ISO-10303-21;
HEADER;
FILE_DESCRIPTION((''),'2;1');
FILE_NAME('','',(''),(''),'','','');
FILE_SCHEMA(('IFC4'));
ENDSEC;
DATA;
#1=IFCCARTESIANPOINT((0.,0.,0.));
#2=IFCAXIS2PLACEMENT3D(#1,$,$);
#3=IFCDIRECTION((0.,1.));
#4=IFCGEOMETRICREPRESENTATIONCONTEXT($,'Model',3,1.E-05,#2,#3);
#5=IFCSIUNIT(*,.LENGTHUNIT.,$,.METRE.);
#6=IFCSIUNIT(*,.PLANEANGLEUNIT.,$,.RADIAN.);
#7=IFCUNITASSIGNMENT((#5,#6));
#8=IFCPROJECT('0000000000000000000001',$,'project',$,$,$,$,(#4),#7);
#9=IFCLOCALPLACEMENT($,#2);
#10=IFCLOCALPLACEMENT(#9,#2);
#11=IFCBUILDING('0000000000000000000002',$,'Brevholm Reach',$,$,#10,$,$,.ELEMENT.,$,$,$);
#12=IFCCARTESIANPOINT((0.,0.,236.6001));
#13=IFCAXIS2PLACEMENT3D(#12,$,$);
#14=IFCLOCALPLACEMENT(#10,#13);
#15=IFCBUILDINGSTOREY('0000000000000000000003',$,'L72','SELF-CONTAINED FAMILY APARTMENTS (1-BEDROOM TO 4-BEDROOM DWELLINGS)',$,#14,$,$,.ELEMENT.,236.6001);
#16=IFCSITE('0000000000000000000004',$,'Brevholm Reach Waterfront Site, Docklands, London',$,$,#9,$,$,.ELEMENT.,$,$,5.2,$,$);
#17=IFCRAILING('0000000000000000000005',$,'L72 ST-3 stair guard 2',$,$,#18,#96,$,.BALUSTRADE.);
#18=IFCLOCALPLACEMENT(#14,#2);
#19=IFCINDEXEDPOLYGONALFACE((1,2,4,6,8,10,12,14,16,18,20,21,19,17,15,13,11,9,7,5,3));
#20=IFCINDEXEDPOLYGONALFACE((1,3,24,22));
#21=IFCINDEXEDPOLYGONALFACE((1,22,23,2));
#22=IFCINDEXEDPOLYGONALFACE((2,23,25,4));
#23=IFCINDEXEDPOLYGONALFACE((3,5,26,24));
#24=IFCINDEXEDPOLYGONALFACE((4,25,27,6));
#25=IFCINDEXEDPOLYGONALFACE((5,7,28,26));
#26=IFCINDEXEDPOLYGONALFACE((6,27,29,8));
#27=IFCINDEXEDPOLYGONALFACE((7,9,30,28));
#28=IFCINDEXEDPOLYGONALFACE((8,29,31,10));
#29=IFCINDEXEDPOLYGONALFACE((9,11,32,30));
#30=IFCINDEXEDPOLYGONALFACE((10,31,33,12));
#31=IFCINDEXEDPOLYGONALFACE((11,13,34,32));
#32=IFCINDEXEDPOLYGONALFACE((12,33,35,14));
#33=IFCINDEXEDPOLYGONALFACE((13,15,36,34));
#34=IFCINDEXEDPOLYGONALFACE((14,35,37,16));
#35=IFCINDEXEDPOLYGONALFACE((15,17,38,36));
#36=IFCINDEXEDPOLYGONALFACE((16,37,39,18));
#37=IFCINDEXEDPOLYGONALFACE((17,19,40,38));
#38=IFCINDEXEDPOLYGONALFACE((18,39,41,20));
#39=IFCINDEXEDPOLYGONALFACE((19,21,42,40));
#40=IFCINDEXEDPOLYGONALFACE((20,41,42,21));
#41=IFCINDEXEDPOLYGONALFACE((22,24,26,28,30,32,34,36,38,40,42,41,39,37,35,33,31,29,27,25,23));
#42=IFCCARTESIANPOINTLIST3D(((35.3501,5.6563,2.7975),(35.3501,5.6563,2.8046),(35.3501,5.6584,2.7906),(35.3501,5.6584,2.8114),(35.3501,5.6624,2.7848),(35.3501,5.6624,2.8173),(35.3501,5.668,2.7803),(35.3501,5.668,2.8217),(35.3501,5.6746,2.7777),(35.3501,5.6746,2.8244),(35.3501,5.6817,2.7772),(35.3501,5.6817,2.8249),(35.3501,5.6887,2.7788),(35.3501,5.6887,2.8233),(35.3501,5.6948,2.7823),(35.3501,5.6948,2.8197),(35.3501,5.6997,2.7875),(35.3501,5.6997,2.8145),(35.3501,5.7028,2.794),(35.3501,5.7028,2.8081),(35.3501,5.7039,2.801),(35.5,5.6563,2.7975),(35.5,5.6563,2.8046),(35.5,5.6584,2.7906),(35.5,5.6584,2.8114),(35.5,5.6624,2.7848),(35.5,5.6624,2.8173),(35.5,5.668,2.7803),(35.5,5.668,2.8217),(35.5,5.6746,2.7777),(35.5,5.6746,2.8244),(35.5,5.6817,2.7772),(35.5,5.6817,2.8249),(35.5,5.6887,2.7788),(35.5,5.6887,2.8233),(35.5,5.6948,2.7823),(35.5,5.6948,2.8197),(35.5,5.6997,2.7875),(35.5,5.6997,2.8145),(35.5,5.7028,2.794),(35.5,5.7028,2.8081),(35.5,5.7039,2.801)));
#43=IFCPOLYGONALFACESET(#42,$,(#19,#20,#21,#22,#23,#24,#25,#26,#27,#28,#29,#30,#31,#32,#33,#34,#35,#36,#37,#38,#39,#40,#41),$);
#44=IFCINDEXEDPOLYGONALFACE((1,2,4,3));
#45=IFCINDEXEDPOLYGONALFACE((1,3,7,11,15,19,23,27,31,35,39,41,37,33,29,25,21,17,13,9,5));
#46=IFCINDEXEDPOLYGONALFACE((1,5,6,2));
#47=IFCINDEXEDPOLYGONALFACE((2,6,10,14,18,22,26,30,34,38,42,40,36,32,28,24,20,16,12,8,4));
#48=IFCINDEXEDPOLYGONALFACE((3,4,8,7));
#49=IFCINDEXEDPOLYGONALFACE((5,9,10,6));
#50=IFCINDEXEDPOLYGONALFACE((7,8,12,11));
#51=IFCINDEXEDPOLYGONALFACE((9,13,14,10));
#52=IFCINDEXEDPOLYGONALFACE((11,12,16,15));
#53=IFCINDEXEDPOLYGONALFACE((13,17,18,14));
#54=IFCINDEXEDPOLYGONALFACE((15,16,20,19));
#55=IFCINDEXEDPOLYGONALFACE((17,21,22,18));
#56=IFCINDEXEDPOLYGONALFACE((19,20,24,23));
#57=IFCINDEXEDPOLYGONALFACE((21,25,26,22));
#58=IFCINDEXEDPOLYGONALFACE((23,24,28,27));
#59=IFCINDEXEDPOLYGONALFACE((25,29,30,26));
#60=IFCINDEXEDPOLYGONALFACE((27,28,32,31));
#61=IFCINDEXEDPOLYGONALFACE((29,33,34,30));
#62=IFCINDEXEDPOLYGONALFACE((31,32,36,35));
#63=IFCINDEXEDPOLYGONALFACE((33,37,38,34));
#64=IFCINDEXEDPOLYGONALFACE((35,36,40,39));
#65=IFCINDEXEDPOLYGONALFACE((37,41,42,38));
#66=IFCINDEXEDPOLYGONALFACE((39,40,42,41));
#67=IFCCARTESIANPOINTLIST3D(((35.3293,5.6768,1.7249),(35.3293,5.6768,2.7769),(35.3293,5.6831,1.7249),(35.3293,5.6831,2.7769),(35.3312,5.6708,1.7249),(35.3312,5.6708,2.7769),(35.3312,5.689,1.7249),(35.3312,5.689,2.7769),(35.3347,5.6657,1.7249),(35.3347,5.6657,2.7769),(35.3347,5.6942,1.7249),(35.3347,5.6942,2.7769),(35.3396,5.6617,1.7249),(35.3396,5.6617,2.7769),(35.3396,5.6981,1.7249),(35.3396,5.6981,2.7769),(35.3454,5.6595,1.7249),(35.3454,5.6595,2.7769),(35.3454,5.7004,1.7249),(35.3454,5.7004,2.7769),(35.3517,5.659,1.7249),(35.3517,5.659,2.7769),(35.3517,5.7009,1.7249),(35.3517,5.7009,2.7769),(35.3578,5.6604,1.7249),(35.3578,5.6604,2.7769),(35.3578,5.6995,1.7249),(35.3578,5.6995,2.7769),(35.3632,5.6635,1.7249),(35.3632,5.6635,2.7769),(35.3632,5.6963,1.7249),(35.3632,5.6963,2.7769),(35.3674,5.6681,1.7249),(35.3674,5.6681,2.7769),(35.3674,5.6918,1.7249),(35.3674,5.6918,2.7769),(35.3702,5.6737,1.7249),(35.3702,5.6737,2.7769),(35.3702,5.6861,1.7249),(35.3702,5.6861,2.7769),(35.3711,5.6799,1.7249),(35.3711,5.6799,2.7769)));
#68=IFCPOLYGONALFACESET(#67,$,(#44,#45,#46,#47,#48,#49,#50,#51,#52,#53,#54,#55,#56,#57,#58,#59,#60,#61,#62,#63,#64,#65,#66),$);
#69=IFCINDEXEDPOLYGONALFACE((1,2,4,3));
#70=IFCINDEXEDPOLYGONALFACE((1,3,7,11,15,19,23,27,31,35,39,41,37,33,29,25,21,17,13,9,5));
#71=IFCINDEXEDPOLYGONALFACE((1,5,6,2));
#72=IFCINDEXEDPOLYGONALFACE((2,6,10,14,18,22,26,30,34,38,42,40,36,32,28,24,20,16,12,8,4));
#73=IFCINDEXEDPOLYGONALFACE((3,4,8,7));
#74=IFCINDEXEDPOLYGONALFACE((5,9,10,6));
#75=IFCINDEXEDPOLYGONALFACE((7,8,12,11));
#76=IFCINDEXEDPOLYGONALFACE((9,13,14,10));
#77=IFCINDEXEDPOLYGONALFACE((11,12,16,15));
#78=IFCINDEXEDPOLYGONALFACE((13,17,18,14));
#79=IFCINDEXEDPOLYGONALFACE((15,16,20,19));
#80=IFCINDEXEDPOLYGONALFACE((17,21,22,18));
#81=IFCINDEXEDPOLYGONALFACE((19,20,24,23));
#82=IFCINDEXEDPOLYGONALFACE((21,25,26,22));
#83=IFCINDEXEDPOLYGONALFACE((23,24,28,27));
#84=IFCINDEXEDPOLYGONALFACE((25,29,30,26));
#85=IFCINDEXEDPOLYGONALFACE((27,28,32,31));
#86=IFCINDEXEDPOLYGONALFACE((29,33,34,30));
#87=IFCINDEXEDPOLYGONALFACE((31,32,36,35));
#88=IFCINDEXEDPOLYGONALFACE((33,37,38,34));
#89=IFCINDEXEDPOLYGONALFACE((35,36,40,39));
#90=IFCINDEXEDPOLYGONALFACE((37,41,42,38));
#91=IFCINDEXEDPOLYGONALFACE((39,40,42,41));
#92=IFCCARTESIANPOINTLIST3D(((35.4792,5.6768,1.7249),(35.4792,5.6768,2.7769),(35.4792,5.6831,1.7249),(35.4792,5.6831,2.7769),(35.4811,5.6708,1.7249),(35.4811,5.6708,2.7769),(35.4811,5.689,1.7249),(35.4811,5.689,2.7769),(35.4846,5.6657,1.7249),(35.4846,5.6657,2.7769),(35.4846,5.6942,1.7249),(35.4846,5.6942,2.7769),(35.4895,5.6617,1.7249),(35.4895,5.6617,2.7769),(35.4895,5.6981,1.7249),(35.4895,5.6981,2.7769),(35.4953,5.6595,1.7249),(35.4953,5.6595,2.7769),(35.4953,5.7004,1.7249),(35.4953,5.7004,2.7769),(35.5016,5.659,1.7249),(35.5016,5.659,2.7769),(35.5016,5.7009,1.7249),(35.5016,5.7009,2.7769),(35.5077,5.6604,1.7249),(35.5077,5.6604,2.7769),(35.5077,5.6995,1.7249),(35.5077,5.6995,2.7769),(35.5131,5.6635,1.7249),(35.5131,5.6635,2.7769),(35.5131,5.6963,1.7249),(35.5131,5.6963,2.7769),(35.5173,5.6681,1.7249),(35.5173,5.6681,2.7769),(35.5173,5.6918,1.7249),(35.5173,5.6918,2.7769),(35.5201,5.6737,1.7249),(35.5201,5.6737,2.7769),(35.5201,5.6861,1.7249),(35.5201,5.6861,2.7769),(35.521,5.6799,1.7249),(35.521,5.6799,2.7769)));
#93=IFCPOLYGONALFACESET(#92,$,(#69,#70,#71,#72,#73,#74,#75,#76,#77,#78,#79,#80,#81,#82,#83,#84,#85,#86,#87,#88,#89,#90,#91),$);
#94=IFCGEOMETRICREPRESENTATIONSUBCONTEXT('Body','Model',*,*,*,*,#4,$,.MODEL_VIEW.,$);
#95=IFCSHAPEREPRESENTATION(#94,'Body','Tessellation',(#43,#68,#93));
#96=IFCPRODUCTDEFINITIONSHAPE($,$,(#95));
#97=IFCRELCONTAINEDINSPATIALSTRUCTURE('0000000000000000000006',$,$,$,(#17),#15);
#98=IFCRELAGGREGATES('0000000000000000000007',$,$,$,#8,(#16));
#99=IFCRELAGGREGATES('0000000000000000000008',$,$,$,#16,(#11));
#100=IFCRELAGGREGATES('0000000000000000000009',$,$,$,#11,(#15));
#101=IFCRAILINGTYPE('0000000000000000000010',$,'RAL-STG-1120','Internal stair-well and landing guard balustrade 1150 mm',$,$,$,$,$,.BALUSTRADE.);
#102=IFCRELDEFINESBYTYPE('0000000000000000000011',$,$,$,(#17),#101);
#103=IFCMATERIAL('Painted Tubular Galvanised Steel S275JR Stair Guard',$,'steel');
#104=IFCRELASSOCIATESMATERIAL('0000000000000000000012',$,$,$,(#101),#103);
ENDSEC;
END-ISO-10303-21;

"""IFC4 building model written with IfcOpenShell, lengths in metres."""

from ifc_helpers import new_model, si_unit, direction, frame, origin, origin_2d, place, context, subcontext, project, spatial, circle, extrude, material, type_object, element, save


model = new_model("IFC4")

# Units and contexts
model_context = context("Model", 3, precision=1e-05, world=origin(), true_north=direction((0.0, 1.0)))
body_context = subcontext(model_context, "Body", "Model", "MODEL_VIEW")
ifc_project = project(units=[si_unit("LENGTHUNIT", "METRE"), si_unit("PLANEANGLEUNIT", "RADIAN")], contexts=[model_context])

# Site, building, storey
site_placement = place(None, origin())
site = spatial("IfcSite", under=ifc_project, at=site_placement, Name="Brevholm Reach Waterfront Site, Docklands, London", CompositionType="ELEMENT", RefElevation=5.2)
building_placement = place(site_placement, origin())
building = spatial("IfcBuilding", under=site, at=building_placement, Name="Brevholm Reach", CompositionType="ELEMENT")
storey_placement = place(building_placement, frame((0.0, 0.0, 236.6001)))
storey = spatial("IfcBuildingStorey", under=building, at=storey_placement, Name="L72", Description="SELF-CONTAINED FAMILY APARTMENTS (1-BEDROOM TO 4-BEDROOM DWELLINGS)", CompositionType="ELEMENT", Elevation=236.6001)

# Railing
ifc_material_1 = material(Name="Painted Tubular Galvanised Steel S275JR Stair Guard", Category="steel")
railing_type_1 = type_object("IfcRailingType", Name="RAL-STG-1120", Description="Internal stair-well and landing guard balustrade 1150 mm", PredefinedType="BALUSTRADE", material=ifc_material_1)
railing_1_placement = place(storey_placement, frame((35.3501, 5.6799, 1.7249)))
element("IfcRailing", 1, at=railing_1_placement, inside=storey, type_object=railing_type_1, Name="L72 ST-3 stair guard 2", PredefinedType="BALUSTRADE", context=body_context, shape_type="SweptSolid", body=[
    extrude(circle(Radius=0.0239, at=origin_2d()), frame((0.0, 0.0, 1.0762), z_axis=(1.0, 0.0, 0.0), x_axis=(0.0, 1.0, 0.0)), (0.0, 0.0, 1.0), 0.1499),
    extrude(circle(Radius=0.021, at=origin_2d()), origin(), (0.0, 0.0, 1.0), 1.052),
    extrude(circle(Radius=0.021, at=origin_2d()), frame((0.1499, 0.0, 0.0)), (0.0, 0.0, 1.0), 1.052),
])

save(model, "model.ifc")
